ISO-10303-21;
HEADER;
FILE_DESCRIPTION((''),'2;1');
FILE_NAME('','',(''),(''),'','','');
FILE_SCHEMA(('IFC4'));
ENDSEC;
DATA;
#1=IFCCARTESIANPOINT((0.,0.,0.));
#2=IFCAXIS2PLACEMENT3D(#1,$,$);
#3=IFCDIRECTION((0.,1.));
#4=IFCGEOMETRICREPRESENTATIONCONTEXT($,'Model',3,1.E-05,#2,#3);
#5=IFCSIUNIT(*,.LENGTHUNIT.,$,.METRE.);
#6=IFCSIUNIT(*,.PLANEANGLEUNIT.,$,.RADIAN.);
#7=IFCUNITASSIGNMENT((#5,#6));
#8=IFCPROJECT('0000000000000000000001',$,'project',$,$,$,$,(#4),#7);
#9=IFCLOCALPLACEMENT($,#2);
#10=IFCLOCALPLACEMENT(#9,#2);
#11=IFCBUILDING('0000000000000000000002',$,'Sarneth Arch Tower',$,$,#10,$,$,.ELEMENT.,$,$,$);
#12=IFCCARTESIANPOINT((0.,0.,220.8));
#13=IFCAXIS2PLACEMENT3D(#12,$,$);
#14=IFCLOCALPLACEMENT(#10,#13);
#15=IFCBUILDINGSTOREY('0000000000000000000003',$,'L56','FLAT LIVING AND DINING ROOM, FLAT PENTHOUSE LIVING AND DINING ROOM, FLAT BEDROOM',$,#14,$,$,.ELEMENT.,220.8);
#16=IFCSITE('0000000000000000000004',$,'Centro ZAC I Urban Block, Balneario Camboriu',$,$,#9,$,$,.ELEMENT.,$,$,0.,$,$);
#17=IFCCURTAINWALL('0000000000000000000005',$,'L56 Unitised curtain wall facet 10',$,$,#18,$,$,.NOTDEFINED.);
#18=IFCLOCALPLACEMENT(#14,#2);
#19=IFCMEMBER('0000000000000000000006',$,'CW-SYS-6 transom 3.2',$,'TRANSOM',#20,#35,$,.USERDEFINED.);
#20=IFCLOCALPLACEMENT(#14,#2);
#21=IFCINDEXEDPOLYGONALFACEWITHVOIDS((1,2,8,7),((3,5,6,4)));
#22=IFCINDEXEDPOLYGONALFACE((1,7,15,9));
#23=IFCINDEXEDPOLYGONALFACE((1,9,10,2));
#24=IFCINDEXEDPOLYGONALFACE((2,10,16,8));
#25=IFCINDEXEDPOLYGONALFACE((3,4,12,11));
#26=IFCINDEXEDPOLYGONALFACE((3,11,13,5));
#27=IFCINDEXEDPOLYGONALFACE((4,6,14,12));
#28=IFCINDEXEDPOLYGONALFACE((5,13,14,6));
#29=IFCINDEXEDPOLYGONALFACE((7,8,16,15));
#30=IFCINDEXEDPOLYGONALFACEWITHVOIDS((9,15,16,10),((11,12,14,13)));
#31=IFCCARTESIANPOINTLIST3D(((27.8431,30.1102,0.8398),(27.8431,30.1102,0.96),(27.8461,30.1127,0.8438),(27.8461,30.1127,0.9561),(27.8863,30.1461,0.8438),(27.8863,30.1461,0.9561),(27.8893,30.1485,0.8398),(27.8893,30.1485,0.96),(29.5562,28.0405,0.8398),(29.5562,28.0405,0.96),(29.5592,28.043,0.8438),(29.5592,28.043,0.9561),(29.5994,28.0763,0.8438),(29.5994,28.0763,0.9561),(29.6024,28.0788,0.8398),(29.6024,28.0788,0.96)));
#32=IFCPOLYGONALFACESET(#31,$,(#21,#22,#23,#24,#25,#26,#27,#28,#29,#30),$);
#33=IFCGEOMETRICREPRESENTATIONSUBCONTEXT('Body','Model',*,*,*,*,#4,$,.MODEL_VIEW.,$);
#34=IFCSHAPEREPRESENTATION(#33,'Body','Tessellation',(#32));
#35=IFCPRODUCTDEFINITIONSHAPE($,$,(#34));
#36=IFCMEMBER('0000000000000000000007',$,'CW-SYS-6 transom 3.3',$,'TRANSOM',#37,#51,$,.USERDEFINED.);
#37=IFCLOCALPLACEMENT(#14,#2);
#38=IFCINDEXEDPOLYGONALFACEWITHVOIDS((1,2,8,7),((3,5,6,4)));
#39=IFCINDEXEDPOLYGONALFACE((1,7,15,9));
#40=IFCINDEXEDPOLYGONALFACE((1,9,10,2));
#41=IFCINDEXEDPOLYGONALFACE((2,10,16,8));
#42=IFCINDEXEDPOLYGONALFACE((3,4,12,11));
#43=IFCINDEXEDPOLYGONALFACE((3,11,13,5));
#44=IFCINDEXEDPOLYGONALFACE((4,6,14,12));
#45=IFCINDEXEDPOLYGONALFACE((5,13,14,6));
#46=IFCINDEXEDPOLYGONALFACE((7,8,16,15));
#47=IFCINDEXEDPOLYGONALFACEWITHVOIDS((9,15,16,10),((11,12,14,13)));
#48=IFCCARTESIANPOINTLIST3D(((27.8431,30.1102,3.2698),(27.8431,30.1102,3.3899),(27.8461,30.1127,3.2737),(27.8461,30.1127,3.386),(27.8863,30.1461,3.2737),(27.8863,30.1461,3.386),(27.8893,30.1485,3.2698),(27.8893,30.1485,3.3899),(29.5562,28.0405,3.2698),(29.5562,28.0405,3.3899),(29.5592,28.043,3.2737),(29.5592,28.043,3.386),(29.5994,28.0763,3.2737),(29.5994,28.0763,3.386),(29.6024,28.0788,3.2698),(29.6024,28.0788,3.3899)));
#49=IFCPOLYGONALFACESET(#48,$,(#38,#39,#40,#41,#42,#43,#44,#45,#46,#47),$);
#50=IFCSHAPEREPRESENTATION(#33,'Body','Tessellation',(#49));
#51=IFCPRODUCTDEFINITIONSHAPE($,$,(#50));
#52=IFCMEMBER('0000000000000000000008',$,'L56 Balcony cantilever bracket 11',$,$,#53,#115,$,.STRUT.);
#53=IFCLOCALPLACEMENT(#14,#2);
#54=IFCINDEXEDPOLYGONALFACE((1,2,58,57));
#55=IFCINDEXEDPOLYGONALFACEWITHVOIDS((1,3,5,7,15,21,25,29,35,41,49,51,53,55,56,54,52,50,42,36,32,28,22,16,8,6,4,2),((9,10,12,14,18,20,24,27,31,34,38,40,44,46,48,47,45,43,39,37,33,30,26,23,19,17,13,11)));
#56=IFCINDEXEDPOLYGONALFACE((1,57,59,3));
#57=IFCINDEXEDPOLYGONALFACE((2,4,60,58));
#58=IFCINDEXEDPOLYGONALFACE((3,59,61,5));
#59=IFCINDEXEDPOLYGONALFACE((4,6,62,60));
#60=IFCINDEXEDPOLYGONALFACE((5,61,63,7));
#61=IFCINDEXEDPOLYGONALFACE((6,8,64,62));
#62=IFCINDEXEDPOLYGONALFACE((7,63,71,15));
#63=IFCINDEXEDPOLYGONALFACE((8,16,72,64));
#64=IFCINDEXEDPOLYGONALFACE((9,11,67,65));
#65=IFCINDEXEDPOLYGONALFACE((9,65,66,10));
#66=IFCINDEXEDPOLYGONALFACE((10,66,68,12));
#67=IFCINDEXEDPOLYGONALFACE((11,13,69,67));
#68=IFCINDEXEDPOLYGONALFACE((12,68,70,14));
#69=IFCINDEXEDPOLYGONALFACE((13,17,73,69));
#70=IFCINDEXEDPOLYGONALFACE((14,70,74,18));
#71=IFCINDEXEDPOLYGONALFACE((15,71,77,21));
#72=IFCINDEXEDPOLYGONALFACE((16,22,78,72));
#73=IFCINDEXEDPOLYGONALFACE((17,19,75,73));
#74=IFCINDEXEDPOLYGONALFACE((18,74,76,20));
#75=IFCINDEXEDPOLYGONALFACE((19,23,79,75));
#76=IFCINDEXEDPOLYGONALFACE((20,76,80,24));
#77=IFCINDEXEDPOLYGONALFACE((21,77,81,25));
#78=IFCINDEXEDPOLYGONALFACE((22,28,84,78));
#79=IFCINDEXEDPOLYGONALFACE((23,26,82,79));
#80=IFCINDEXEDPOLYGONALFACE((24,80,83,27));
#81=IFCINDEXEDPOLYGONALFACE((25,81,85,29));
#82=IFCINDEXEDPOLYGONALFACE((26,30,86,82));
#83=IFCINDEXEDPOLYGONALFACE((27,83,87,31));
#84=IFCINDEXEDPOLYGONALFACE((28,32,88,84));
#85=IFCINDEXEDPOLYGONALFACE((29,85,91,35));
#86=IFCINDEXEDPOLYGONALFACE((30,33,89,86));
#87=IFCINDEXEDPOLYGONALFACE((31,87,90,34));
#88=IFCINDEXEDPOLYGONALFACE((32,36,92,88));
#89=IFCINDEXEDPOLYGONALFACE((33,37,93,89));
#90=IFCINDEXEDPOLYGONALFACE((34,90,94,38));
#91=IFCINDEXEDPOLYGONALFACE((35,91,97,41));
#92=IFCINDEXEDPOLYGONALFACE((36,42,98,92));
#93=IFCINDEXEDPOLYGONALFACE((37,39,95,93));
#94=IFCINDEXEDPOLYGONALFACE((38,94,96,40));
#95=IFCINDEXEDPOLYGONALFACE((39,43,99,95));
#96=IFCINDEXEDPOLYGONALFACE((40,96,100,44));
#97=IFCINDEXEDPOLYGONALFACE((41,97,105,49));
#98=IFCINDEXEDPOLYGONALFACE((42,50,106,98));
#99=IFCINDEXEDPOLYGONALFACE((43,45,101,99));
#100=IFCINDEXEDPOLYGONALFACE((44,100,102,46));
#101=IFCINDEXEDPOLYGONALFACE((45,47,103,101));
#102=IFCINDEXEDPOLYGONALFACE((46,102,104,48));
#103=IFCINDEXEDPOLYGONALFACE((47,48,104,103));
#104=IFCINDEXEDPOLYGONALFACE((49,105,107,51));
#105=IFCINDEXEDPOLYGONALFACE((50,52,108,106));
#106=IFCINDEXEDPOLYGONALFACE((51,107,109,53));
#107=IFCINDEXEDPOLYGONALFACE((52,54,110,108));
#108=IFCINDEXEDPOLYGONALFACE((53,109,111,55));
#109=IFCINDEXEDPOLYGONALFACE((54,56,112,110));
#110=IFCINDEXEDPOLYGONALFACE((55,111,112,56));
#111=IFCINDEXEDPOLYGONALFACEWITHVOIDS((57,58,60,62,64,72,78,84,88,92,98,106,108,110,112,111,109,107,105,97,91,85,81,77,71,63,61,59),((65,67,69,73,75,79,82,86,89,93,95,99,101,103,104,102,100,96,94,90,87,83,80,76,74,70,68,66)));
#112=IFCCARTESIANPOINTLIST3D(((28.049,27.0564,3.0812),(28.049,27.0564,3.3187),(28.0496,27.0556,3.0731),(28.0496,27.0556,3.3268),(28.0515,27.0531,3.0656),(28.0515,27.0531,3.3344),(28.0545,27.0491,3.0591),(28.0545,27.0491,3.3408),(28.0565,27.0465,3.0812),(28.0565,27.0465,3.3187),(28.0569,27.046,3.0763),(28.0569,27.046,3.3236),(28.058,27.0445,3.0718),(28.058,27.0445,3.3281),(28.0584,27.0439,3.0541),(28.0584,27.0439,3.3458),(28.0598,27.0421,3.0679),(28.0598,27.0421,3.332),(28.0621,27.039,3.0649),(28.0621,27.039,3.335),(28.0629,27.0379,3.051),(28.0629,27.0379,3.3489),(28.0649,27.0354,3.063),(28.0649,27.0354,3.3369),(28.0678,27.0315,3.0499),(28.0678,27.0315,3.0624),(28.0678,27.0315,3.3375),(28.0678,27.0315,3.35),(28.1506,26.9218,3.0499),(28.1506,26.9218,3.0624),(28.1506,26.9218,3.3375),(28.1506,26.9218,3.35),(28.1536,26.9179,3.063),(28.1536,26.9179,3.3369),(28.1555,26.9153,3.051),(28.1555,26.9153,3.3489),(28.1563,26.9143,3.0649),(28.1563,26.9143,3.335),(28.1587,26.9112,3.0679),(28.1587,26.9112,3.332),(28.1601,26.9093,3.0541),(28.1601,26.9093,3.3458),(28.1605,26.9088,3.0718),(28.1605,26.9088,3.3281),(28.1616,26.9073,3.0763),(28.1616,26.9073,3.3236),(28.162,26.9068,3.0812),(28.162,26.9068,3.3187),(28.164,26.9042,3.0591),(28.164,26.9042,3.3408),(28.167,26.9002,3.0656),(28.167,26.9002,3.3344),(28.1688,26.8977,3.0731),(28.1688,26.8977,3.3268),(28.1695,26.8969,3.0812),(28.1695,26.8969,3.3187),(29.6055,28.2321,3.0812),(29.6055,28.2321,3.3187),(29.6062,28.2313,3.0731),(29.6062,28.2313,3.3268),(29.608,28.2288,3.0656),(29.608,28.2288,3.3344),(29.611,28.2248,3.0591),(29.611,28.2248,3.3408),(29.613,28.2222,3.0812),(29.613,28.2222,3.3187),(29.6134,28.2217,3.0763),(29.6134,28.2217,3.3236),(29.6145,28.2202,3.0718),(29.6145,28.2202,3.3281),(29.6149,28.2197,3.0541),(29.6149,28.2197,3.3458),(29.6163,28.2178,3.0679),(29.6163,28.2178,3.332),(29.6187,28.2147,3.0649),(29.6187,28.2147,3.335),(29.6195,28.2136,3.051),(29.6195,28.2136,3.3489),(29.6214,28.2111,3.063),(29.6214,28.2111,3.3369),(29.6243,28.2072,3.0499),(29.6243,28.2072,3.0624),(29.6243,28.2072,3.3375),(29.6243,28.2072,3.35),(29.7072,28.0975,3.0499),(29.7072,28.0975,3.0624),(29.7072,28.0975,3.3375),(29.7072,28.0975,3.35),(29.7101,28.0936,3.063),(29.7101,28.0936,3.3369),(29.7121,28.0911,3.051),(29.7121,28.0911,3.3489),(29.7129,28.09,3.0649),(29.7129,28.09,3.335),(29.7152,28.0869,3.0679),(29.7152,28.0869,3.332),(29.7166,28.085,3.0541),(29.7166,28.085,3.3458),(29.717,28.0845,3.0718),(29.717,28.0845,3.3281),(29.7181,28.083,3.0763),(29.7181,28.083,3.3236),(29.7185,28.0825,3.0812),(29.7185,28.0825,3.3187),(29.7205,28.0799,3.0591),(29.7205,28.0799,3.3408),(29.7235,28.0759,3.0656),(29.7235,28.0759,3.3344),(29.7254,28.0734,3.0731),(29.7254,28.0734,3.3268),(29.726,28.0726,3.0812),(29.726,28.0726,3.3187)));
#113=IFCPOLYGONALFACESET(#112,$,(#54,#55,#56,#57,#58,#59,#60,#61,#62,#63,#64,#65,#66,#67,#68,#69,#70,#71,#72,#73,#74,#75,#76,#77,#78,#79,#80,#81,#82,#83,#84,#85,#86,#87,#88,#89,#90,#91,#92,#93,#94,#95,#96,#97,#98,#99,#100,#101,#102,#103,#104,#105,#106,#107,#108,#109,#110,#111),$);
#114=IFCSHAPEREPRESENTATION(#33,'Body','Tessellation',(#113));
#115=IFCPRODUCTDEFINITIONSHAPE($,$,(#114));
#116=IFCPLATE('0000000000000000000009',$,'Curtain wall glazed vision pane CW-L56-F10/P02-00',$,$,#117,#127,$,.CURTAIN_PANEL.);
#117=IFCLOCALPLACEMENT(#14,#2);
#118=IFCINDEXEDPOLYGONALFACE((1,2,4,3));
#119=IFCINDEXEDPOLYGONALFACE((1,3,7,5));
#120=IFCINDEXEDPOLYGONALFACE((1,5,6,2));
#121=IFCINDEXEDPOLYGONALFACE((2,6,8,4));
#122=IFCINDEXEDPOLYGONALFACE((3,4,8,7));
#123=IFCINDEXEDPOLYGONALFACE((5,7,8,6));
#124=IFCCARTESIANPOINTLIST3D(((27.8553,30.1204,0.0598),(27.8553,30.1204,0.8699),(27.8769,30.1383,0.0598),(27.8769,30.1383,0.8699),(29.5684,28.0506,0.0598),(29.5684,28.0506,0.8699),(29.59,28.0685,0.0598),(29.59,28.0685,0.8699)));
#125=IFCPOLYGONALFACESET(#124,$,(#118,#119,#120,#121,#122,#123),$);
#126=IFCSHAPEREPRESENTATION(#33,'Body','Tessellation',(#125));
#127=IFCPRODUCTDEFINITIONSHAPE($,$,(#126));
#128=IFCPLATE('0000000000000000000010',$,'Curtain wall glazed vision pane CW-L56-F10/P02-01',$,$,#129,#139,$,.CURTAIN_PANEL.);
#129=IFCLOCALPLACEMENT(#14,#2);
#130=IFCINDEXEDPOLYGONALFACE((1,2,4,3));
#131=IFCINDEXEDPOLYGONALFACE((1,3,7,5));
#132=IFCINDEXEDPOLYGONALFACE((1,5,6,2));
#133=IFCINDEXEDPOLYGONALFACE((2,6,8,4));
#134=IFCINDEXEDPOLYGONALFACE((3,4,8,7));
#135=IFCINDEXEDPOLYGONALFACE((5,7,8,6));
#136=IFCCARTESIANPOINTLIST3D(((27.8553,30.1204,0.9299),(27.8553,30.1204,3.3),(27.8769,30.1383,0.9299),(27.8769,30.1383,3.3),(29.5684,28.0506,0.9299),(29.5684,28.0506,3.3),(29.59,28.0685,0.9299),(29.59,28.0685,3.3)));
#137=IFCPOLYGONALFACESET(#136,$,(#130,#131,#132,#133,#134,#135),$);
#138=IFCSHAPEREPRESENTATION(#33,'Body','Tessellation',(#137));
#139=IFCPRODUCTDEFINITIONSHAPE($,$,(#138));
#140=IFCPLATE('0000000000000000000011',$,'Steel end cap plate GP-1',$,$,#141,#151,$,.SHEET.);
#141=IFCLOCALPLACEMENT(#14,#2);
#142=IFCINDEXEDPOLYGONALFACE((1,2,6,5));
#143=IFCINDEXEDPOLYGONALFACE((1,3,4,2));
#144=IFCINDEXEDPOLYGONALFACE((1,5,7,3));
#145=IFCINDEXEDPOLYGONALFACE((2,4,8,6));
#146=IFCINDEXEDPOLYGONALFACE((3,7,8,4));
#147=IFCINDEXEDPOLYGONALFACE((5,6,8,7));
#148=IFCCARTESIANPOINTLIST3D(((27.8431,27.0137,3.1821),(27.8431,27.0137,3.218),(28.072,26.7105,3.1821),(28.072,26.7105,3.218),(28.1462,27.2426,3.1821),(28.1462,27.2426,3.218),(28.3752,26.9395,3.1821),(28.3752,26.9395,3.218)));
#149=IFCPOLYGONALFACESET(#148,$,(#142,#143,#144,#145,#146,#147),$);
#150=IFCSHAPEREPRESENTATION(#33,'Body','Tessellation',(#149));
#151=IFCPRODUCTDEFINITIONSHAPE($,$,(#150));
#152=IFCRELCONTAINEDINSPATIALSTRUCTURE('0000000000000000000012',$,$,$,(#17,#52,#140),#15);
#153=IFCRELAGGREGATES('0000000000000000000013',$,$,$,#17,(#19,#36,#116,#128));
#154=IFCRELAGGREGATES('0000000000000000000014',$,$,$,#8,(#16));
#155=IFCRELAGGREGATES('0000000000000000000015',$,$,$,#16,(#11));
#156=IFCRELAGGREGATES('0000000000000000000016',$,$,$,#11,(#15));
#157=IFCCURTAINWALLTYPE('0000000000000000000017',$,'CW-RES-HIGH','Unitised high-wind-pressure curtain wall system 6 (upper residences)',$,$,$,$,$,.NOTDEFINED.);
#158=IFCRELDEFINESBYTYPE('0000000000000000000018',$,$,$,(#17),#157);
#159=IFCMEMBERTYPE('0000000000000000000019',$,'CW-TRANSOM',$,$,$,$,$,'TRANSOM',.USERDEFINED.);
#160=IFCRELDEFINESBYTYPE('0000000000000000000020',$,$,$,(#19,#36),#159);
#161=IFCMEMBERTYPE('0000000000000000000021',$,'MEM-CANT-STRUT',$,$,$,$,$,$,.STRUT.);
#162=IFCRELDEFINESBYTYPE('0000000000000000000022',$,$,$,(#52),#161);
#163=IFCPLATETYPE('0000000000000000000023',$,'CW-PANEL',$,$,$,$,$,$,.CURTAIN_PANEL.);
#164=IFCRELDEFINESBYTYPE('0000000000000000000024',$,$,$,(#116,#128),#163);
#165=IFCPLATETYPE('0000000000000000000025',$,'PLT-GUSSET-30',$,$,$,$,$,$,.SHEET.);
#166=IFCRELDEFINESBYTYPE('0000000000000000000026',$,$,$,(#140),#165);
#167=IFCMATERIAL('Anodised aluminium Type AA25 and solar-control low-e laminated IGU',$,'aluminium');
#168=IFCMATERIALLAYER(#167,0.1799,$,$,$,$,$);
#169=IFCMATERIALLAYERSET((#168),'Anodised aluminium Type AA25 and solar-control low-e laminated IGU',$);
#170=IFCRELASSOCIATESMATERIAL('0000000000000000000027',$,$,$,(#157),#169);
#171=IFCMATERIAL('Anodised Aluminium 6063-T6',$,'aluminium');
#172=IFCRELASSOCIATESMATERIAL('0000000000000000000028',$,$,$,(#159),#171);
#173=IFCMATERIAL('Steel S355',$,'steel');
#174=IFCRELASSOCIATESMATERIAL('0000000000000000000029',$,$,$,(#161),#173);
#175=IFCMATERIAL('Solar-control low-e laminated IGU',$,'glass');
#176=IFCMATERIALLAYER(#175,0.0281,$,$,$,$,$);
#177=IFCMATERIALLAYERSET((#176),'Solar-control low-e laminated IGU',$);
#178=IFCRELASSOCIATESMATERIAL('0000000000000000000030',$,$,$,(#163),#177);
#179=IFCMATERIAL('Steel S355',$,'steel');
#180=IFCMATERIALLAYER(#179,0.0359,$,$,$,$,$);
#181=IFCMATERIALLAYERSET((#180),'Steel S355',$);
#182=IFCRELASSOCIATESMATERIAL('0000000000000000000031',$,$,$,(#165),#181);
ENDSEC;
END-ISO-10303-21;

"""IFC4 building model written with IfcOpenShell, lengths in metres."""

from ifc_helpers import new_model, si_unit, direction, frame, origin, origin_2d, place, context, subcontext, project, spatial, rectangle, hollow_rectangle, extrude, material, layer, layer_set, material_profile, profile_set, type_object, element, aggregate, save


model = new_model("IFC4")

# Units and contexts
model_context = context("Model", 3, precision=1e-05, world=origin(), true_north=direction((0.0, 1.0)))
body_context = subcontext(model_context, "Body", "Model", "MODEL_VIEW")
ifc_project = project(units=[si_unit("LENGTHUNIT", "METRE"), si_unit("PLANEANGLEUNIT", "RADIAN")], contexts=[model_context])

# Site, building, storey
site_placement = place(None, origin())
site = spatial("IfcSite", under=ifc_project, at=site_placement, Name="Centro ZAC I Urban Block, Balneario Camboriu", CompositionType="ELEMENT", RefElevation=0.0)
building_placement = place(site_placement, origin())
building = spatial("IfcBuilding", under=site, at=building_placement, Name="Sarneth Arch Tower", CompositionType="ELEMENT")
storey_placement = place(building_placement, frame((0.0, 0.0, 220.8)))
storey = spatial("IfcBuildingStorey", under=building, at=storey_placement, Name="L56", Description="FLAT LIVING AND DINING ROOM, FLAT PENTHOUSE LIVING AND DINING ROOM, FLAT BEDROOM", CompositionType="ELEMENT", Elevation=220.8)

# Curtain wall, members
ifc_material_1 = material(Name="Anodised aluminium Type AA25 and solar-control low-e laminated IGU", Category="aluminium")
ifc_layer_1 = layer(ifc_material_1, 0.1799)
ifc_layer_set_1 = layer_set([ifc_layer_1], Name="Anodised aluminium Type AA25 and solar-control low-e laminated IGU")
curtain_wall_type = type_object("IfcCurtainWallType", Name="CW-RES-HIGH", Description="Unitised high-wind-pressure curtain wall system 6 (upper residences)", PredefinedType="NOTDEFINED", material=ifc_layer_set_1)
curtain_wall_placement = place(storey_placement, origin())
curtain_wall = element("IfcCurtainWall", 1, at=curtain_wall_placement, inside=storey, type_object=curtain_wall_type, Name="L56 Unitised curtain wall facet 10", PredefinedType="NOTDEFINED")
ifc_material_2 = material(Name="Anodised Aluminium 6063-T6", Category="aluminium")
ifc_material_profile_1 = material_profile(ifc_material_2, hollow_rectangle(XDim=0.0601, YDim=0.1201, WallThickness=0.0039, at=origin_2d()), Name="AL-TRAN-120x60x4")
ifc_profile_set_1 = profile_set([ifc_material_profile_1], Name="Anodised Aluminium 6063-T6")
member_type_1 = type_object("IfcMemberType", Name="CW-TRANSOM", ElementType="TRANSOM", PredefinedType="USERDEFINED", material=ifc_profile_set_1)
member_1_placement = place(storey_placement, frame((27.8662, 30.1294, 0.8999), z_axis=(0.637607, -0.770362, 0.0), x_axis=(0.770362, 0.637607, 0.0)))
member_1 = element("IfcMember", 2, at=member_1_placement, type_object=member_type_1, Name="CW-SYS-6 transom 3.2", ObjectType="TRANSOM", PredefinedType="USERDEFINED", context=body_context, shape_type="SweptSolid", body=[
    extrude(hollow_rectangle(XDim=0.0601, YDim=0.1201, WallThickness=0.0039, at=origin_2d()), origin(), (0.0, 0.0, 1.0), 2.6868),
])
member_2_placement = place(storey_placement, frame((27.8662, 30.1294, 3.3298), z_axis=(0.637607, -0.770362, 0.0), x_axis=(0.770362, 0.637607, 0.0)))
member_2 = element("IfcMember", 3, at=member_2_placement, type_object=member_type_1, Name="CW-SYS-6 transom 3.3", ObjectType="TRANSOM", PredefinedType="USERDEFINED", context=body_context, shape_type="SweptSolid", body=[
    extrude(hollow_rectangle(XDim=0.0601, YDim=0.1201, WallThickness=0.0039, at=origin_2d()), origin(), (0.0, 0.0, 1.0), 2.6868),
])

# Member
ifc_material_3 = material(Name="Steel S355", Category="steel")
ifc_material_profile_2 = material_profile(ifc_material_3, hollow_rectangle(XDim=0.2, YDim=0.3, WallThickness=0.0125, InnerFilletRadius=0.0188, OuterFilletRadius=0.0312, at=origin_2d()), Name="RHS300x200x12.5")
ifc_profile_set_2 = profile_set([ifc_material_profile_2], Name="Steel S355")
member_type_2 = type_object("IfcMemberType", Name="MEM-CANT-STRUT", PredefinedType="STRUT", material=ifc_profile_set_2)
member_3_placement = place(storey_placement, frame((29.6658, 28.1523, 3.2), z_axis=(-0.797953, -0.60272, 0.0), x_axis=(0.60272, -0.797953, 0.0)))
element("IfcMember", 4, at=member_3_placement, inside=storey, type_object=member_type_2, Name="L56 Balcony cantilever bracket 11", PredefinedType="STRUT", context=body_context, shape_type="SweptSolid", body=[
    extrude(hollow_rectangle(XDim=0.2, YDim=0.3, WallThickness=0.0125, InnerFilletRadius=0.0188, OuterFilletRadius=0.0312, at=origin_2d()), origin(), (0.0, 0.0, 1.0), 1.9507),
])

# Plates
ifc_material_4 = material(Name="Solar-control low-e laminated IGU", Category="glass")
ifc_layer_2 = layer(ifc_material_4, 0.0281)
ifc_layer_set_2 = layer_set([ifc_layer_2], Name="Solar-control low-e laminated IGU")
plate_type_1 = type_object("IfcPlateType", Name="CW-PANEL", PredefinedType="CURTAIN_PANEL", material=ifc_layer_set_2)
plate_1_placement = place(storey_placement, frame((28.7227, 29.0945, 0.0598), z_axis=(0.0, 0.0, 1.0), x_axis=(0.63761, -0.770359, 0.0)))
plate_1 = element("IfcPlate", 5, at=plate_1_placement, type_object=plate_type_1, Name="Curtain wall glazed vision pane CW-L56-F10/P02-00", PredefinedType="CURTAIN_PANEL", context=body_context, shape_type="SweptSolid", body=[
    extrude(rectangle(XDim=2.6868, YDim=0.0281, at=origin_2d()), origin(), (0.0, 0.0, 1.0), 0.8101),
])
plate_2_placement = place(storey_placement, frame((28.7227, 29.0945, 0.9299), z_axis=(0.0, 0.0, 1.0), x_axis=(0.63761, -0.770359, 0.0)))
plate_2 = element("IfcPlate", 6, at=plate_2_placement, type_object=plate_type_1, Name="Curtain wall glazed vision pane CW-L56-F10/P02-01", PredefinedType="CURTAIN_PANEL", context=body_context, shape_type="SweptSolid", body=[
    extrude(rectangle(XDim=2.6868, YDim=0.0281, at=origin_2d()), origin(), (0.0, 0.0, 1.0), 2.3701),
])
aggregate(curtain_wall, [member_1, member_2, plate_1, plate_2])
ifc_material_5 = material(Name="Steel S355", Category="steel")
ifc_layer_3 = layer(ifc_material_5, 0.0359)
ifc_layer_set_3 = layer_set([ifc_layer_3], Name="Steel S355")
plate_type_2 = type_object("IfcPlateType", Name="PLT-GUSSET-30", PredefinedType="SHEET", material=ifc_layer_set_3)
plate_3_placement = place(storey_placement, frame((28.1091, 26.9766, 3.1821), z_axis=(0.0, 0.0, 1.0), x_axis=(-0.798005, -0.602651, 0.0)))
element("IfcPlate", 7, at=plate_3_placement, inside=storey, type_object=plate_type_2, Name="Steel end cap plate GP-1", PredefinedType="SHEET", context=body_context, shape_type="SweptSolid", body=[
    extrude(rectangle(XDim=0.3799, YDim=0.3799, at=origin_2d()), origin(), (0.0, 0.0, 1.0), 0.0359),
])

save(model, "model.ifc")
